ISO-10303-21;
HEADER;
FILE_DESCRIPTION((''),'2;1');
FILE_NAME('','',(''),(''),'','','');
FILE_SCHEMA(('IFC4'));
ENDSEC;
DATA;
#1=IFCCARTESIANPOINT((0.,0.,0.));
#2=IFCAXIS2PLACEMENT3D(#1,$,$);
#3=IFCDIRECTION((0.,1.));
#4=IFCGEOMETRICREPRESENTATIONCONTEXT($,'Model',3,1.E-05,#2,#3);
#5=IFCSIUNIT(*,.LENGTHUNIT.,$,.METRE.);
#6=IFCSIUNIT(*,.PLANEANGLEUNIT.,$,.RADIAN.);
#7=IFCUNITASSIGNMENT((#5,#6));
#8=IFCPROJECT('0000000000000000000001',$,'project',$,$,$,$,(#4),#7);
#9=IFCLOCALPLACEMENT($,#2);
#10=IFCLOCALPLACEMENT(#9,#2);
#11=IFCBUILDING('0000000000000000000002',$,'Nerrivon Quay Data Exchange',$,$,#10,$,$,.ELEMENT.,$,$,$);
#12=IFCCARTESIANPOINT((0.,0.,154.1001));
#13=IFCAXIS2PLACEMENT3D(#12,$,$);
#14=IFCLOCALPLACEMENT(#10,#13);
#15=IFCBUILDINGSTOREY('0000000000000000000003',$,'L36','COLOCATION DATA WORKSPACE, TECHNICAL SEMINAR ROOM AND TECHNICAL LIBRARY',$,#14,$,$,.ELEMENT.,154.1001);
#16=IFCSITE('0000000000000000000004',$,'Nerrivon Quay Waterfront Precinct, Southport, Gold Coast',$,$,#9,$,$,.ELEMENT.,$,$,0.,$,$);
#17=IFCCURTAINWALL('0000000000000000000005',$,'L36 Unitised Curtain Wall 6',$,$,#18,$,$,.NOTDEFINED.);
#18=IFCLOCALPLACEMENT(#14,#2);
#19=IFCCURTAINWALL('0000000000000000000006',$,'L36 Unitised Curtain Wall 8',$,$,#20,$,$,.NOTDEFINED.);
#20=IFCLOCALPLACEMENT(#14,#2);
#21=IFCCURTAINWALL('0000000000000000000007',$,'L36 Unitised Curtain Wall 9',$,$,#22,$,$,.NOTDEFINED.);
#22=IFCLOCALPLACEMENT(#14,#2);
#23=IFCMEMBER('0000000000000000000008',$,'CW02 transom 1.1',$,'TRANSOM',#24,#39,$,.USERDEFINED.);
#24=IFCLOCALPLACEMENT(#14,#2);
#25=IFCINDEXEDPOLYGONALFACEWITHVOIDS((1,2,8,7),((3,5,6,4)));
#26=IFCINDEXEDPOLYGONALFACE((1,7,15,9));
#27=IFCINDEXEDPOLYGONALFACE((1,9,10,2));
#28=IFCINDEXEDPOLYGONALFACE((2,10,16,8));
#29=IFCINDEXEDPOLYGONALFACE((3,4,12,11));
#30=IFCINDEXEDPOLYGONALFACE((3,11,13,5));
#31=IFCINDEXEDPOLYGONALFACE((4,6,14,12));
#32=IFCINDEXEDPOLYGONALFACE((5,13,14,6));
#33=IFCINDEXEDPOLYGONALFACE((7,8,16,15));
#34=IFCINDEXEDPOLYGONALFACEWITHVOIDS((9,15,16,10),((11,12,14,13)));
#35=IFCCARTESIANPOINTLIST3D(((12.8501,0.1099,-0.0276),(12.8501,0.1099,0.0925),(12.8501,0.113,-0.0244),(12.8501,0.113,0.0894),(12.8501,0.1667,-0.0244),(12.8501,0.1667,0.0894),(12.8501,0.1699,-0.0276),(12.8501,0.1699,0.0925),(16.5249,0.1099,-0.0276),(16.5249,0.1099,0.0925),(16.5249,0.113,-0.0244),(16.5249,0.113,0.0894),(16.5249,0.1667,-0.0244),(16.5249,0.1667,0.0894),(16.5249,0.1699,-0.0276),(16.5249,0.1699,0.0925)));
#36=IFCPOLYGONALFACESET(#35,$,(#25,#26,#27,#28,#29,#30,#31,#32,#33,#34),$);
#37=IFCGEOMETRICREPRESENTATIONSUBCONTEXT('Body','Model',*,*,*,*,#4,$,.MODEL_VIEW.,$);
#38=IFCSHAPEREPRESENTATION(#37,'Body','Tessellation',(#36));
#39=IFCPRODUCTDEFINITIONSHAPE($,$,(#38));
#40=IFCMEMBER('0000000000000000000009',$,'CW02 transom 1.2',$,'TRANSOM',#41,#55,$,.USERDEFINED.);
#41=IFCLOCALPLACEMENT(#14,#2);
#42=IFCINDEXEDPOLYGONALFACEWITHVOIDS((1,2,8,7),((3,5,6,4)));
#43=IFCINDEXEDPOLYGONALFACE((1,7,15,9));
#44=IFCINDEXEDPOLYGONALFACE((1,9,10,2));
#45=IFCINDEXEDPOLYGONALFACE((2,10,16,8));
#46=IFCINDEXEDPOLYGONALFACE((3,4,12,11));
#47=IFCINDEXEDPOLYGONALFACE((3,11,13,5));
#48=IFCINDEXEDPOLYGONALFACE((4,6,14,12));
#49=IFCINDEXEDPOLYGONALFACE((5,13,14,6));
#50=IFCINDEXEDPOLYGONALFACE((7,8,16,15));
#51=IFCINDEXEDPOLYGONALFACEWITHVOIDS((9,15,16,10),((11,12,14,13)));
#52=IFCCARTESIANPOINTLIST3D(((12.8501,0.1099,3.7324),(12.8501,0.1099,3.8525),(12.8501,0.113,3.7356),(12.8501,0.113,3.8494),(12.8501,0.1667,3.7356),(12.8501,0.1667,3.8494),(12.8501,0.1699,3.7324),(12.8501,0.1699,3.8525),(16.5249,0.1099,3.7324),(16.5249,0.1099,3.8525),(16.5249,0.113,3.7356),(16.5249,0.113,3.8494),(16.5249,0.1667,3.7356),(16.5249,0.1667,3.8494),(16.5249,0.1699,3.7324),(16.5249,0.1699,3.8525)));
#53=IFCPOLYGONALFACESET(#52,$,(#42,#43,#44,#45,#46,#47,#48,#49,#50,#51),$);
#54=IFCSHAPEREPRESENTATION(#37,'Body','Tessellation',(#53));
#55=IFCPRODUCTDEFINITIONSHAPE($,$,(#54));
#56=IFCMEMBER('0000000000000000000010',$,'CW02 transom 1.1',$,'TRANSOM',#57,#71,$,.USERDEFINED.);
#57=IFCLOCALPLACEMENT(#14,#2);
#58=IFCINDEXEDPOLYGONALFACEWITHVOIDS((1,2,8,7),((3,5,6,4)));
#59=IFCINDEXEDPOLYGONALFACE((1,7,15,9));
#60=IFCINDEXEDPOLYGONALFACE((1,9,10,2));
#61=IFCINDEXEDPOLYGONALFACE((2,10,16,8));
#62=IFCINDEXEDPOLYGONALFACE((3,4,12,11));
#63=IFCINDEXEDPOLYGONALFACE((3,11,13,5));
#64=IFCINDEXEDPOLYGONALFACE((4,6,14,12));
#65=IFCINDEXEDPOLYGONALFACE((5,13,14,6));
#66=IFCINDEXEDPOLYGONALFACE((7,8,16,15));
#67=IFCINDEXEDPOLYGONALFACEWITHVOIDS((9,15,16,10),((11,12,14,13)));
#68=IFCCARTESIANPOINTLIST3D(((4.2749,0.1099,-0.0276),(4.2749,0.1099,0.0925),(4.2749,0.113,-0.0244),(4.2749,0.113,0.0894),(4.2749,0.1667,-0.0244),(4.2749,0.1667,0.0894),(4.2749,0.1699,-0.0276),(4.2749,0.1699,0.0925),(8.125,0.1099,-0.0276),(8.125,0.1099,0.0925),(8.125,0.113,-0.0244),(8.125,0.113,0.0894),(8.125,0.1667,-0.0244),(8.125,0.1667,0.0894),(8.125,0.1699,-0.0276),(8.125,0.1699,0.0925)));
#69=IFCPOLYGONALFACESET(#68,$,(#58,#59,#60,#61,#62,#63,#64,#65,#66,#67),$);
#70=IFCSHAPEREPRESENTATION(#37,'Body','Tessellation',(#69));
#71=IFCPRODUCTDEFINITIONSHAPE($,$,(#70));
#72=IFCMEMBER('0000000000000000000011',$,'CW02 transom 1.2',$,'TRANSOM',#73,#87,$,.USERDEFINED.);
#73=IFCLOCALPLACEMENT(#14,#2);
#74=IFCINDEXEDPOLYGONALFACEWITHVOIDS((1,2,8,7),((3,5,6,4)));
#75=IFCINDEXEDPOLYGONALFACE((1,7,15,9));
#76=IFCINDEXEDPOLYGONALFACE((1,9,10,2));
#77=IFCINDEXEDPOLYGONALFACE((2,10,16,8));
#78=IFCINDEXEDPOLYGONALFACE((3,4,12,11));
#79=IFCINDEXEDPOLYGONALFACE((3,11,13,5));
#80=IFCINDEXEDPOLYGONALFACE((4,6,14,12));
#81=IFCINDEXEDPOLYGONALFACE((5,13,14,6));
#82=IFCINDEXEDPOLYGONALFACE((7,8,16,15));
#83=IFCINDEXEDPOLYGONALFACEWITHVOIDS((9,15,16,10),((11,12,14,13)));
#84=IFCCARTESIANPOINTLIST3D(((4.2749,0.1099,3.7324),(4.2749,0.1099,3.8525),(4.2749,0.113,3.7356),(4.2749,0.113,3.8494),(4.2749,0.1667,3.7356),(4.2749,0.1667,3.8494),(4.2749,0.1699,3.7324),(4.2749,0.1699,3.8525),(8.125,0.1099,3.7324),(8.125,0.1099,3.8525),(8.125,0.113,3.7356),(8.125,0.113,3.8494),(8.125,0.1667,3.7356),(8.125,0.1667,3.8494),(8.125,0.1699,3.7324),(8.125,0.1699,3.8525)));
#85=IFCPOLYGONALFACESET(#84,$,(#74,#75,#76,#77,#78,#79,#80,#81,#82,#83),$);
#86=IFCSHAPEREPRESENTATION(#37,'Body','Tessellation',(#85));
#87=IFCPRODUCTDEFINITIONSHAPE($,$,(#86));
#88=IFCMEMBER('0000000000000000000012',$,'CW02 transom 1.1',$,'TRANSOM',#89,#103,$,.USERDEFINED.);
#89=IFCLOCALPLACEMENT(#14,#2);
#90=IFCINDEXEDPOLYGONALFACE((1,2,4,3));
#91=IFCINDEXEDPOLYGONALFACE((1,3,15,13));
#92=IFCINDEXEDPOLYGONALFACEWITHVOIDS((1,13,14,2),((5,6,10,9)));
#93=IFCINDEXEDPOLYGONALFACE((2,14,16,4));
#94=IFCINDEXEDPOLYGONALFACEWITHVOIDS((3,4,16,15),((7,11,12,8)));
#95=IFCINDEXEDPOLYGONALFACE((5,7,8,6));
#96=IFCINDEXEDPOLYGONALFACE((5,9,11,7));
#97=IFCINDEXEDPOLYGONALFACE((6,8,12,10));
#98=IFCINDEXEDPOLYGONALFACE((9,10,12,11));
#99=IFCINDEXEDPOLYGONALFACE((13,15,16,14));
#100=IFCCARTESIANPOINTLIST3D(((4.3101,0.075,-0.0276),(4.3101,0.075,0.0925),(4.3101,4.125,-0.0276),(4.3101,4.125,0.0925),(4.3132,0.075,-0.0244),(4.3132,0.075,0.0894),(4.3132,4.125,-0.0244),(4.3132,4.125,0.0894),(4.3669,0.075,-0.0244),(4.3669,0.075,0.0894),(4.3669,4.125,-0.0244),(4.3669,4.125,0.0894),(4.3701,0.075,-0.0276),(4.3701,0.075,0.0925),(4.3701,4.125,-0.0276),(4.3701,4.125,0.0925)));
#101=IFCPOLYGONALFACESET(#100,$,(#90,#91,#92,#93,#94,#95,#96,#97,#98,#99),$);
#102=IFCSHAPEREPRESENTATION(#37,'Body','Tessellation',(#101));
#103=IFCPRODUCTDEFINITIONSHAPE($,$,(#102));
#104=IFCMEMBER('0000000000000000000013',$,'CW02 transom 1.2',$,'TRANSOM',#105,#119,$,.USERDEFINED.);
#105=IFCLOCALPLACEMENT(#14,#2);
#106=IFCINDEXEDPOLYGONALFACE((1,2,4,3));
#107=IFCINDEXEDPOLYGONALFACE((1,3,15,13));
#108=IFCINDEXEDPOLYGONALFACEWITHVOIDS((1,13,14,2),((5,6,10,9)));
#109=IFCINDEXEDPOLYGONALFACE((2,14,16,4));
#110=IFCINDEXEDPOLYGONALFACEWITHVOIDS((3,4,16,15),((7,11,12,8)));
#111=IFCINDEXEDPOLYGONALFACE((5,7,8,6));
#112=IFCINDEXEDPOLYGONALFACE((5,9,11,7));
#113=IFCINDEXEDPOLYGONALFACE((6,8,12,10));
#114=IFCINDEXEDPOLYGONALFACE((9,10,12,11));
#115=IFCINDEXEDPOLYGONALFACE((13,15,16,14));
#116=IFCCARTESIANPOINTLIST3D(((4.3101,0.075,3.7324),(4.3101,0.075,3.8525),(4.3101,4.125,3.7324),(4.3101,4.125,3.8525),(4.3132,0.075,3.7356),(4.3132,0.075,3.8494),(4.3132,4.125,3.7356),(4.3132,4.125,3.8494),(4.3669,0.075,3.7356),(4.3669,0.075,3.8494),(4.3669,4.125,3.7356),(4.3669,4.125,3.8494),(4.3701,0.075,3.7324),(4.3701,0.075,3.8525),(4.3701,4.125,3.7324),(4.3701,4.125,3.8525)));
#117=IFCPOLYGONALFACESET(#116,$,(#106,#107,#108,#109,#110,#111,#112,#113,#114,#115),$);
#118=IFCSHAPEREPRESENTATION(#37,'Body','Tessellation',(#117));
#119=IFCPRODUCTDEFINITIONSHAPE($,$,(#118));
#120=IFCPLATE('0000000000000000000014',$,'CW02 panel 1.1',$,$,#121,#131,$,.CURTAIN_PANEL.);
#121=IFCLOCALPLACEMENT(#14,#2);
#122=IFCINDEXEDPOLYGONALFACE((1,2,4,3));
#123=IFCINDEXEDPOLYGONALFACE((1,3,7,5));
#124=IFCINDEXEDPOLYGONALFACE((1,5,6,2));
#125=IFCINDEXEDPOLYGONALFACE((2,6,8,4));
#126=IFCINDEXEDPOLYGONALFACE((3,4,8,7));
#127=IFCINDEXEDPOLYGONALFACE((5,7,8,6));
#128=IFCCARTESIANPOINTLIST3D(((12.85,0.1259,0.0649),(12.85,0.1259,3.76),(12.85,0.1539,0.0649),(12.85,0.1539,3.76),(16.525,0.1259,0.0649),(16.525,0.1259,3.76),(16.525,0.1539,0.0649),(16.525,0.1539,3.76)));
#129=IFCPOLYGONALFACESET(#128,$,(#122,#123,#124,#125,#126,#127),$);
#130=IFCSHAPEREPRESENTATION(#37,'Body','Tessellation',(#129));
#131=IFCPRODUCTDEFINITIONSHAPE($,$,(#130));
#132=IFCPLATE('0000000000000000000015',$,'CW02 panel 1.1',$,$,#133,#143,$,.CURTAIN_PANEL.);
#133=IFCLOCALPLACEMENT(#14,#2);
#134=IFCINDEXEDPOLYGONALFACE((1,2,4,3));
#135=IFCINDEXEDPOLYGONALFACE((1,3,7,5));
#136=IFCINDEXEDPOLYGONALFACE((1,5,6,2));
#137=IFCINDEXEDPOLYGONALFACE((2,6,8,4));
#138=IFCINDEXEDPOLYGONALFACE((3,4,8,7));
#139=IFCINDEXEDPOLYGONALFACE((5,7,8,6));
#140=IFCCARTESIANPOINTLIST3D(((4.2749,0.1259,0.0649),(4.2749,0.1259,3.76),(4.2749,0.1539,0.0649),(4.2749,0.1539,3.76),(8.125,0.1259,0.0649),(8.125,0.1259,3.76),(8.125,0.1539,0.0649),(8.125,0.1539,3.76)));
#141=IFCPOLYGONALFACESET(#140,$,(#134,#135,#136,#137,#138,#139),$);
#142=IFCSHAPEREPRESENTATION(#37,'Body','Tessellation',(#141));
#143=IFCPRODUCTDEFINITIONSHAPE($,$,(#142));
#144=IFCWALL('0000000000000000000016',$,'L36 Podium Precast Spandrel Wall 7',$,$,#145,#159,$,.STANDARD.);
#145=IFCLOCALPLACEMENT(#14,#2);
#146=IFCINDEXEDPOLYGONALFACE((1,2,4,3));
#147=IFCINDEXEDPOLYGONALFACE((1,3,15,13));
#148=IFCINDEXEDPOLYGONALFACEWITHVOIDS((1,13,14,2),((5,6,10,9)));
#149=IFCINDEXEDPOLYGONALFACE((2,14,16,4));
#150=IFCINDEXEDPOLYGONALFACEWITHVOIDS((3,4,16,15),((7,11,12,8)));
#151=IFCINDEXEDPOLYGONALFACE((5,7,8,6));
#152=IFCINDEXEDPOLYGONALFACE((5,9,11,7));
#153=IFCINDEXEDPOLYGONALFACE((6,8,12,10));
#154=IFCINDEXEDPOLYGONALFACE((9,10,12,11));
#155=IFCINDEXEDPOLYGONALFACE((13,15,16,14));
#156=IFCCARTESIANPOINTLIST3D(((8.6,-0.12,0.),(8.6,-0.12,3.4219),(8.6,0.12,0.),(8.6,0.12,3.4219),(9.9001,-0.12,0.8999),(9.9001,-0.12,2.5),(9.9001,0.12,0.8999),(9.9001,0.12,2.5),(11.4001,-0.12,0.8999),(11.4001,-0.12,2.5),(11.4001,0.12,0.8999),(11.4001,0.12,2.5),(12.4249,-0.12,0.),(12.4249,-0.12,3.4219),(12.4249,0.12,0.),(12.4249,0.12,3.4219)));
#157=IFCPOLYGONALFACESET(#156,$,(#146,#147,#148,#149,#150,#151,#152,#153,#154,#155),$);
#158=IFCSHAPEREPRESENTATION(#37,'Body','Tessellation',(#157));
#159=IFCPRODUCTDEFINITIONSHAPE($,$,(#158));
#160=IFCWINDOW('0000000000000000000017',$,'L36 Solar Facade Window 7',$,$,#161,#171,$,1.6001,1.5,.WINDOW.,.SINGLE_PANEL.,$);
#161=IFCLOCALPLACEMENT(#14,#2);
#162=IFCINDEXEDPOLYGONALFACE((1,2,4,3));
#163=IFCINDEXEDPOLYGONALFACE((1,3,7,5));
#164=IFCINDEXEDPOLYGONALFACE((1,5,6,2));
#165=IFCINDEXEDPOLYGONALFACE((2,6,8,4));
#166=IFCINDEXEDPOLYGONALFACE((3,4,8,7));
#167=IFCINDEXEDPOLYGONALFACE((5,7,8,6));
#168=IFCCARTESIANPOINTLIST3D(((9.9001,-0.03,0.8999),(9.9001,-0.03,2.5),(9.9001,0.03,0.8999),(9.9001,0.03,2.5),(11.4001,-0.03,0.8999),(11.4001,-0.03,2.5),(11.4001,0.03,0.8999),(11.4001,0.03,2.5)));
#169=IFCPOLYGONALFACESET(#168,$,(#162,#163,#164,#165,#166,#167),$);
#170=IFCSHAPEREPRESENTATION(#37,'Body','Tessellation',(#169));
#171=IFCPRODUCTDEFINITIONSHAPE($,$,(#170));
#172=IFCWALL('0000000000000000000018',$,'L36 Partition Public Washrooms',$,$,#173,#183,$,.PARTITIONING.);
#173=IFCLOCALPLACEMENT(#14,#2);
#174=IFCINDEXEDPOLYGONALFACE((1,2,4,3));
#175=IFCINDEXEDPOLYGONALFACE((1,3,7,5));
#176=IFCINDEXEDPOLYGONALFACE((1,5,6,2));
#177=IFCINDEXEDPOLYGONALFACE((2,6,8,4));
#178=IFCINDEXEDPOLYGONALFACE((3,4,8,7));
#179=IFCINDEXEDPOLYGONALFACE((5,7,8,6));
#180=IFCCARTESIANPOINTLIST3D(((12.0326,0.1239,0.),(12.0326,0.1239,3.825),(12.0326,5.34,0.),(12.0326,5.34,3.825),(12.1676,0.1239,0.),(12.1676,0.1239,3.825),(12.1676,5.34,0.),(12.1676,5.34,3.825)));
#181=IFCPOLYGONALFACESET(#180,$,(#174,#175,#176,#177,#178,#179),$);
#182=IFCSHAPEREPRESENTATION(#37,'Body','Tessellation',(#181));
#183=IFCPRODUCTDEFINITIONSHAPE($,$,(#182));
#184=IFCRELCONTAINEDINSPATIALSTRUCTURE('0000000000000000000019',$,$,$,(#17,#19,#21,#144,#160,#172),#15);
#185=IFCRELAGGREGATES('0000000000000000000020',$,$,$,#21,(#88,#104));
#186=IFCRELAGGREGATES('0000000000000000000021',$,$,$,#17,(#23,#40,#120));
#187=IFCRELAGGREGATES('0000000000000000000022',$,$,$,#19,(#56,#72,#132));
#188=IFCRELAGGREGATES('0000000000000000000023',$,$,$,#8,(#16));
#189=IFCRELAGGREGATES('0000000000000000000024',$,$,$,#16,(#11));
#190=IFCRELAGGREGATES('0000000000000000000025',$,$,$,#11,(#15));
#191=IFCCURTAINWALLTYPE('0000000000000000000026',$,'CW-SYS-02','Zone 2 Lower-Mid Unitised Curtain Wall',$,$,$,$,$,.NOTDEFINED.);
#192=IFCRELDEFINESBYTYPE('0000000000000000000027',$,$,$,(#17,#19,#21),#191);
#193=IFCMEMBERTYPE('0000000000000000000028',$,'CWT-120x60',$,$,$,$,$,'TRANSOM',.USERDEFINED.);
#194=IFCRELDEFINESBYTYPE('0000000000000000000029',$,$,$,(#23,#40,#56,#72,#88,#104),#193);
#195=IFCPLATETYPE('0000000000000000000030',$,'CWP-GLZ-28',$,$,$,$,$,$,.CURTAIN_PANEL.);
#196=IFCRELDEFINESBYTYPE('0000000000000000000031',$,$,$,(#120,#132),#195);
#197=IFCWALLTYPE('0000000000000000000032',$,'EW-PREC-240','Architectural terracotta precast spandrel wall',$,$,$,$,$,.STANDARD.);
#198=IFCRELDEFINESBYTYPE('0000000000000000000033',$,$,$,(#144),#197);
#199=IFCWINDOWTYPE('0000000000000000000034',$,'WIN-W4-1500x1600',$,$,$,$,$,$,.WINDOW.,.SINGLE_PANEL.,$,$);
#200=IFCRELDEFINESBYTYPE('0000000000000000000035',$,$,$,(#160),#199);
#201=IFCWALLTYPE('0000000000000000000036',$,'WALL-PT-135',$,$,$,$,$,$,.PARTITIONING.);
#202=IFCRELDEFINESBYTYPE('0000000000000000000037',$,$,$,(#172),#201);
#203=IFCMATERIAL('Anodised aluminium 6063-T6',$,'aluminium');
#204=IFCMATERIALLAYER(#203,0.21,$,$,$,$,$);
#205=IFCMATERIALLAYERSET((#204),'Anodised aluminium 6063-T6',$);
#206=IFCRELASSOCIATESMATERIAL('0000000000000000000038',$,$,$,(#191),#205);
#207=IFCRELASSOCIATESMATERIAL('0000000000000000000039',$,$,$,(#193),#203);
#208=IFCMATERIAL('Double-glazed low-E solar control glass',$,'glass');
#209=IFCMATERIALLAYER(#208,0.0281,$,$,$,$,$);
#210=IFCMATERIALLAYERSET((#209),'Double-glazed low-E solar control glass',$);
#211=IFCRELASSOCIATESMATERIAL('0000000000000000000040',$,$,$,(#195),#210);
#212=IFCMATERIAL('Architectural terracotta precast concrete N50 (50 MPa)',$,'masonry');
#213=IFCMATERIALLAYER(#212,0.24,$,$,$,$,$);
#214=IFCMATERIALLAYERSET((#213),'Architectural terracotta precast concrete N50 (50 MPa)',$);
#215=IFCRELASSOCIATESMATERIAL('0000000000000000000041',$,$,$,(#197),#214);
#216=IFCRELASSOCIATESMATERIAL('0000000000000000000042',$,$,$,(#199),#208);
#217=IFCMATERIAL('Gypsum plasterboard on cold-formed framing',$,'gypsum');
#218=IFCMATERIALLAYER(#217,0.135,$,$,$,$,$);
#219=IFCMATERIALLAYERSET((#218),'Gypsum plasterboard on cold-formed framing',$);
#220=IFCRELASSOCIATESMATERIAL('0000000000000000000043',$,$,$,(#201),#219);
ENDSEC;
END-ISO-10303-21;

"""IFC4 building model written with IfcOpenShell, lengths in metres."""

from ifc_helpers import new_model, si_unit, direction, frame, frame_2d, origin, origin_2d, place, context, subcontext, project, spatial, rectangle, hollow_rectangle, extrude, material, layer, layer_set, material_profile, profile_set, type_object, element, fill, aggregate, save


model = new_model("IFC4")

# Units and contexts
model_context = context("Model", 3, precision=1e-05, world=origin(), true_north=direction((0.0, 1.0)))
body_context = subcontext(model_context, "Body", "Model", "MODEL_VIEW")
ifc_project = project(units=[si_unit("LENGTHUNIT", "METRE"), si_unit("PLANEANGLEUNIT", "RADIAN")], contexts=[model_context])

# Site, building, storey
site_placement = place(None, origin())
site = spatial("IfcSite", under=ifc_project, at=site_placement, Name="Nerrivon Quay Waterfront Precinct, Southport, Gold Coast", CompositionType="ELEMENT", RefElevation=0.0)
building_placement = place(site_placement, origin())
building = spatial("IfcBuilding", under=site, at=building_placement, Name="Nerrivon Quay Data Exchange", CompositionType="ELEMENT")
storey_placement = place(building_placement, frame((0.0, 0.0, 154.1001)))
storey = spatial("IfcBuildingStorey", under=building, at=storey_placement, Name="L36", Description="COLOCATION DATA WORKSPACE, TECHNICAL SEMINAR ROOM AND TECHNICAL LIBRARY", CompositionType="ELEMENT", Elevation=154.1001)

# Curtain walls
ifc_material_1 = material(Name="Anodised aluminium 6063-T6", Category="aluminium")
ifc_layer_1 = layer(ifc_material_1, 0.21)
ifc_layer_set_1 = layer_set([ifc_layer_1], Name="Anodised aluminium 6063-T6")
curtain_wall_type = type_object("IfcCurtainWallType", Name="CW-SYS-02", Description="Zone 2 Lower-Mid Unitised Curtain Wall", PredefinedType="NOTDEFINED", material=ifc_layer_set_1)
curtain_wall_1_placement = place(storey_placement, origin())
curtain_wall_1 = element("IfcCurtainWall", 1, at=curtain_wall_1_placement, inside=storey, type_object=curtain_wall_type, Name="L36 Unitised Curtain Wall 6", PredefinedType="NOTDEFINED")
curtain_wall_2_placement = place(storey_placement, origin())
curtain_wall_2 = element("IfcCurtainWall", 2, at=curtain_wall_2_placement, inside=storey, type_object=curtain_wall_type, Name="L36 Unitised Curtain Wall 8", PredefinedType="NOTDEFINED")

# Curtain wall
curtain_wall_3_placement = place(storey_placement, origin())
curtain_wall_3 = element("IfcCurtainWall", 3, at=curtain_wall_3_placement, inside=storey, type_object=curtain_wall_type, Name="L36 Unitised Curtain Wall 9", PredefinedType="NOTDEFINED")

# Members
ifc_material_profile_1 = material_profile(ifc_material_1, hollow_rectangle(XDim=0.0601, YDim=0.1201, WallThickness=0.0032, at=origin_2d()), Name="ALU-TRAN-120x60")
ifc_profile_set_1 = profile_set([ifc_material_profile_1], Name="Anodised aluminium 6063-T6")
member_type_1 = type_object("IfcMemberType", Name="CWT-120x60", ElementType="TRANSOM", PredefinedType="USERDEFINED", material=ifc_profile_set_1)
member_1_placement = place(storey_placement, frame((16.5249, 0.1399, 0.0325), z_axis=(-1.0, 0.0, 0.0), x_axis=(0.0, -1.0, 0.0)))
member_1 = element("IfcMember", 4, at=member_1_placement, type_object=member_type_1, Name="CW02 transom 1.1", ObjectType="TRANSOM", PredefinedType="USERDEFINED", context=body_context, shape_type="SweptSolid", body=[
    extrude(hollow_rectangle(XDim=0.0601, YDim=0.1201, WallThickness=0.0032, at=origin_2d()), origin(), (0.0, 0.0, 1.0), 3.6748),
])
member_2_placement = place(storey_placement, frame((16.5249, 0.1399, 3.7925), z_axis=(-1.0, 0.0, 0.0), x_axis=(0.0, -1.0, 0.0)))
member_2 = element("IfcMember", 5, at=member_2_placement, type_object=member_type_1, Name="CW02 transom 1.2", ObjectType="TRANSOM", PredefinedType="USERDEFINED", context=body_context, shape_type="SweptSolid", body=[
    extrude(hollow_rectangle(XDim=0.0601, YDim=0.1201, WallThickness=0.0032, at=origin_2d()), origin(), (0.0, 0.0, 1.0), 3.6748),
])
member_3_placement = place(storey_placement, frame((8.125, 0.1399, 0.0325), z_axis=(-1.0, 0.0, 0.0), x_axis=(0.0, -1.0, 0.0)))
member_3 = element("IfcMember", 6, at=member_3_placement, type_object=member_type_1, Name="CW02 transom 1.1", ObjectType="TRANSOM", PredefinedType="USERDEFINED", context=body_context, shape_type="SweptSolid", body=[
    extrude(hollow_rectangle(XDim=0.0601, YDim=0.1201, WallThickness=0.0032, at=origin_2d()), origin(), (0.0, 0.0, 1.0), 3.8501),
])
member_4_placement = place(storey_placement, frame((8.125, 0.1399, 3.7925), z_axis=(-1.0, 0.0, 0.0), x_axis=(0.0, -1.0, 0.0)))
member_4 = element("IfcMember", 7, at=member_4_placement, type_object=member_type_1, Name="CW02 transom 1.2", ObjectType="TRANSOM", PredefinedType="USERDEFINED", context=body_context, shape_type="SweptSolid", body=[
    extrude(hollow_rectangle(XDim=0.0601, YDim=0.1201, WallThickness=0.0032, at=origin_2d()), origin(), (0.0, 0.0, 1.0), 3.8501),
])
member_5_placement = place(storey_placement, frame((4.3401, 0.075, 0.0325), z_axis=(0.0, 1.0, 0.0), x_axis=(-1.0, 0.0, 0.0)))
member_5 = element("IfcMember", 8, at=member_5_placement, type_object=member_type_1, Name="CW02 transom 1.1", ObjectType="TRANSOM", PredefinedType="USERDEFINED", context=body_context, shape_type="SweptSolid", body=[
    extrude(hollow_rectangle(XDim=0.0601, YDim=0.1201, WallThickness=0.0032, at=origin_2d()), origin(), (0.0, 0.0, 1.0), 4.05),
])
member_6_placement = place(storey_placement, frame((4.3401, 0.075, 3.7925), z_axis=(0.0, 1.0, 0.0), x_axis=(-1.0, 0.0, 0.0)))
member_6 = element("IfcMember", 9, at=member_6_placement, type_object=member_type_1, Name="CW02 transom 1.2", ObjectType="TRANSOM", PredefinedType="USERDEFINED", context=body_context, shape_type="SweptSolid", body=[
    extrude(hollow_rectangle(XDim=0.0601, YDim=0.1201, WallThickness=0.0032, at=origin_2d()), origin(), (0.0, 0.0, 1.0), 4.05),
])
aggregate(curtain_wall_3, [member_5, member_6])

# Plates
ifc_material_2 = material(Name="Double-glazed low-E solar control glass", Category="glass")
ifc_layer_2 = layer(ifc_material_2, 0.0281)
ifc_layer_set_2 = layer_set([ifc_layer_2], Name="Double-glazed low-E solar control glass")
plate_type = type_object("IfcPlateType", Name="CWP-GLZ-28", PredefinedType="CURTAIN_PANEL", material=ifc_layer_set_2)
plate_1_placement = place(storey_placement, frame((14.6875, 0.1399, 0.0649), z_axis=(0.0, 0.0, 1.0), x_axis=(-1.0, 0.0, 0.0)))
plate_1 = element("IfcPlate", 10, at=plate_1_placement, type_object=plate_type, Name="CW02 panel 1.1", PredefinedType="CURTAIN_PANEL", context=body_context, shape_type="SweptSolid", body=[
    extrude(rectangle(XDim=3.675, YDim=0.0281, at=origin_2d()), origin(), (0.0, 0.0, 1.0), 3.6951),
])
aggregate(curtain_wall_1, [member_1, member_2, plate_1])
plate_2_placement = place(storey_placement, frame((6.2, 0.1399, 0.0649), z_axis=(0.0, 0.0, 1.0), x_axis=(-1.0, 0.0, 0.0)))
plate_2 = element("IfcPlate", 11, at=plate_2_placement, type_object=plate_type, Name="CW02 panel 1.1", PredefinedType="CURTAIN_PANEL", context=body_context, shape_type="SweptSolid", body=[
    extrude(rectangle(XDim=3.8501, YDim=0.0281, at=origin_2d()), origin(), (0.0, 0.0, 1.0), 3.6951),
])
aggregate(curtain_wall_2, [member_3, member_4, plate_2])

# Wall, opening, window
ifc_material_3 = material(Name="Architectural terracotta precast concrete N50 (50 MPa)", Category="masonry")
ifc_layer_3 = layer(ifc_material_3, 0.24)
ifc_layer_set_3 = layer_set([ifc_layer_3], Name="Architectural terracotta precast concrete N50 (50 MPa)")
wall_type_1 = type_object("IfcWallType", Name="EW-PREC-240", Description="Architectural terracotta precast spandrel wall", PredefinedType="STANDARD", material=ifc_layer_set_3)
wall_1_placement = place(storey_placement, frame((12.425, 0.0, 0.0), z_axis=(0.0, 0.0, 1.0), x_axis=(-1.0, 0.0, 0.0)))
wall_1 = element("IfcWall", 12, at=wall_1_placement, inside=storey, type_object=wall_type_1, Name="L36 Podium Precast Spandrel Wall 7", PredefinedType="STANDARD", context=body_context, shape_type="SweptSolid", body=[
    extrude(rectangle(XDim=3.825, YDim=0.24, at=frame_2d((1.9126, 0.0))), origin(), (0.0, 0.0, 1.0), 3.4219),
])
opening_placement = place(wall_1_placement, frame((1.0249, 0.0, 0.8999)))
opening = element("IfcOpeningElement", 13, at=opening_placement, cuts=wall_1, PredefinedType="OPENING", context=body_context, shape_type="SweptSolid", body=[
    extrude(rectangle(XDim=1.5, YDim=1.6001, at=frame_2d((0.75, 0.8))), frame((0.0, 0.1299, 0.0), z_axis=(0.0, -1.0, 0.0), x_axis=(1.0, 0.0, 0.0)), (0.0, 0.0, 1.0), 0.26),
])
window_type = type_object("IfcWindowType", Name="WIN-W4-1500x1600", PartitioningType="SINGLE_PANEL", PredefinedType="WINDOW", material=ifc_material_2)
window_placement = place(opening_placement, origin())
window = element("IfcWindow", 14, at=window_placement, inside=storey, type_object=window_type, Name="L36 Solar Facade Window 7", OverallHeight=1.6001, OverallWidth=1.5, PartitioningType="SINGLE_PANEL", PredefinedType="WINDOW", context=body_context, shape_type="SweptSolid", body=[
    extrude(rectangle(XDim=1.5, YDim=1.6001, at=frame_2d((0.75, 0.8))), frame((0.0, 0.03, 0.0), z_axis=(0.0, -1.0, 0.0), x_axis=(1.0, 0.0, 0.0)), (0.0, 0.0, 1.0), 0.0601),
])
fill(opening, window)

# Wall
ifc_material_4 = material(Name="Gypsum plasterboard on cold-formed framing", Category="gypsum")
ifc_layer_4 = layer(ifc_material_4, 0.135)
ifc_layer_set_4 = layer_set([ifc_layer_4], Name="Gypsum plasterboard on cold-formed framing")
wall_type_2 = type_object("IfcWallType", Name="WALL-PT-135", PredefinedType="PARTITIONING", material=ifc_layer_set_4)
wall_2_placement = place(storey_placement, frame((12.1001, 0.124, 0.0), z_axis=(0.0, 0.0, 1.0), x_axis=(0.0, 1.0, 0.0)))
element("IfcWall", 15, at=wall_2_placement, inside=storey, type_object=wall_type_2, Name="L36 Partition Public Washrooms", PredefinedType="PARTITIONING", context=body_context, shape_type="SweptSolid", body=[
    extrude(rectangle(XDim=5.2161, YDim=0.135, at=frame_2d((2.6079, 0.0))), origin(), (0.0, 0.0, 1.0), 3.825),
])

save(model, "model.ifc")
